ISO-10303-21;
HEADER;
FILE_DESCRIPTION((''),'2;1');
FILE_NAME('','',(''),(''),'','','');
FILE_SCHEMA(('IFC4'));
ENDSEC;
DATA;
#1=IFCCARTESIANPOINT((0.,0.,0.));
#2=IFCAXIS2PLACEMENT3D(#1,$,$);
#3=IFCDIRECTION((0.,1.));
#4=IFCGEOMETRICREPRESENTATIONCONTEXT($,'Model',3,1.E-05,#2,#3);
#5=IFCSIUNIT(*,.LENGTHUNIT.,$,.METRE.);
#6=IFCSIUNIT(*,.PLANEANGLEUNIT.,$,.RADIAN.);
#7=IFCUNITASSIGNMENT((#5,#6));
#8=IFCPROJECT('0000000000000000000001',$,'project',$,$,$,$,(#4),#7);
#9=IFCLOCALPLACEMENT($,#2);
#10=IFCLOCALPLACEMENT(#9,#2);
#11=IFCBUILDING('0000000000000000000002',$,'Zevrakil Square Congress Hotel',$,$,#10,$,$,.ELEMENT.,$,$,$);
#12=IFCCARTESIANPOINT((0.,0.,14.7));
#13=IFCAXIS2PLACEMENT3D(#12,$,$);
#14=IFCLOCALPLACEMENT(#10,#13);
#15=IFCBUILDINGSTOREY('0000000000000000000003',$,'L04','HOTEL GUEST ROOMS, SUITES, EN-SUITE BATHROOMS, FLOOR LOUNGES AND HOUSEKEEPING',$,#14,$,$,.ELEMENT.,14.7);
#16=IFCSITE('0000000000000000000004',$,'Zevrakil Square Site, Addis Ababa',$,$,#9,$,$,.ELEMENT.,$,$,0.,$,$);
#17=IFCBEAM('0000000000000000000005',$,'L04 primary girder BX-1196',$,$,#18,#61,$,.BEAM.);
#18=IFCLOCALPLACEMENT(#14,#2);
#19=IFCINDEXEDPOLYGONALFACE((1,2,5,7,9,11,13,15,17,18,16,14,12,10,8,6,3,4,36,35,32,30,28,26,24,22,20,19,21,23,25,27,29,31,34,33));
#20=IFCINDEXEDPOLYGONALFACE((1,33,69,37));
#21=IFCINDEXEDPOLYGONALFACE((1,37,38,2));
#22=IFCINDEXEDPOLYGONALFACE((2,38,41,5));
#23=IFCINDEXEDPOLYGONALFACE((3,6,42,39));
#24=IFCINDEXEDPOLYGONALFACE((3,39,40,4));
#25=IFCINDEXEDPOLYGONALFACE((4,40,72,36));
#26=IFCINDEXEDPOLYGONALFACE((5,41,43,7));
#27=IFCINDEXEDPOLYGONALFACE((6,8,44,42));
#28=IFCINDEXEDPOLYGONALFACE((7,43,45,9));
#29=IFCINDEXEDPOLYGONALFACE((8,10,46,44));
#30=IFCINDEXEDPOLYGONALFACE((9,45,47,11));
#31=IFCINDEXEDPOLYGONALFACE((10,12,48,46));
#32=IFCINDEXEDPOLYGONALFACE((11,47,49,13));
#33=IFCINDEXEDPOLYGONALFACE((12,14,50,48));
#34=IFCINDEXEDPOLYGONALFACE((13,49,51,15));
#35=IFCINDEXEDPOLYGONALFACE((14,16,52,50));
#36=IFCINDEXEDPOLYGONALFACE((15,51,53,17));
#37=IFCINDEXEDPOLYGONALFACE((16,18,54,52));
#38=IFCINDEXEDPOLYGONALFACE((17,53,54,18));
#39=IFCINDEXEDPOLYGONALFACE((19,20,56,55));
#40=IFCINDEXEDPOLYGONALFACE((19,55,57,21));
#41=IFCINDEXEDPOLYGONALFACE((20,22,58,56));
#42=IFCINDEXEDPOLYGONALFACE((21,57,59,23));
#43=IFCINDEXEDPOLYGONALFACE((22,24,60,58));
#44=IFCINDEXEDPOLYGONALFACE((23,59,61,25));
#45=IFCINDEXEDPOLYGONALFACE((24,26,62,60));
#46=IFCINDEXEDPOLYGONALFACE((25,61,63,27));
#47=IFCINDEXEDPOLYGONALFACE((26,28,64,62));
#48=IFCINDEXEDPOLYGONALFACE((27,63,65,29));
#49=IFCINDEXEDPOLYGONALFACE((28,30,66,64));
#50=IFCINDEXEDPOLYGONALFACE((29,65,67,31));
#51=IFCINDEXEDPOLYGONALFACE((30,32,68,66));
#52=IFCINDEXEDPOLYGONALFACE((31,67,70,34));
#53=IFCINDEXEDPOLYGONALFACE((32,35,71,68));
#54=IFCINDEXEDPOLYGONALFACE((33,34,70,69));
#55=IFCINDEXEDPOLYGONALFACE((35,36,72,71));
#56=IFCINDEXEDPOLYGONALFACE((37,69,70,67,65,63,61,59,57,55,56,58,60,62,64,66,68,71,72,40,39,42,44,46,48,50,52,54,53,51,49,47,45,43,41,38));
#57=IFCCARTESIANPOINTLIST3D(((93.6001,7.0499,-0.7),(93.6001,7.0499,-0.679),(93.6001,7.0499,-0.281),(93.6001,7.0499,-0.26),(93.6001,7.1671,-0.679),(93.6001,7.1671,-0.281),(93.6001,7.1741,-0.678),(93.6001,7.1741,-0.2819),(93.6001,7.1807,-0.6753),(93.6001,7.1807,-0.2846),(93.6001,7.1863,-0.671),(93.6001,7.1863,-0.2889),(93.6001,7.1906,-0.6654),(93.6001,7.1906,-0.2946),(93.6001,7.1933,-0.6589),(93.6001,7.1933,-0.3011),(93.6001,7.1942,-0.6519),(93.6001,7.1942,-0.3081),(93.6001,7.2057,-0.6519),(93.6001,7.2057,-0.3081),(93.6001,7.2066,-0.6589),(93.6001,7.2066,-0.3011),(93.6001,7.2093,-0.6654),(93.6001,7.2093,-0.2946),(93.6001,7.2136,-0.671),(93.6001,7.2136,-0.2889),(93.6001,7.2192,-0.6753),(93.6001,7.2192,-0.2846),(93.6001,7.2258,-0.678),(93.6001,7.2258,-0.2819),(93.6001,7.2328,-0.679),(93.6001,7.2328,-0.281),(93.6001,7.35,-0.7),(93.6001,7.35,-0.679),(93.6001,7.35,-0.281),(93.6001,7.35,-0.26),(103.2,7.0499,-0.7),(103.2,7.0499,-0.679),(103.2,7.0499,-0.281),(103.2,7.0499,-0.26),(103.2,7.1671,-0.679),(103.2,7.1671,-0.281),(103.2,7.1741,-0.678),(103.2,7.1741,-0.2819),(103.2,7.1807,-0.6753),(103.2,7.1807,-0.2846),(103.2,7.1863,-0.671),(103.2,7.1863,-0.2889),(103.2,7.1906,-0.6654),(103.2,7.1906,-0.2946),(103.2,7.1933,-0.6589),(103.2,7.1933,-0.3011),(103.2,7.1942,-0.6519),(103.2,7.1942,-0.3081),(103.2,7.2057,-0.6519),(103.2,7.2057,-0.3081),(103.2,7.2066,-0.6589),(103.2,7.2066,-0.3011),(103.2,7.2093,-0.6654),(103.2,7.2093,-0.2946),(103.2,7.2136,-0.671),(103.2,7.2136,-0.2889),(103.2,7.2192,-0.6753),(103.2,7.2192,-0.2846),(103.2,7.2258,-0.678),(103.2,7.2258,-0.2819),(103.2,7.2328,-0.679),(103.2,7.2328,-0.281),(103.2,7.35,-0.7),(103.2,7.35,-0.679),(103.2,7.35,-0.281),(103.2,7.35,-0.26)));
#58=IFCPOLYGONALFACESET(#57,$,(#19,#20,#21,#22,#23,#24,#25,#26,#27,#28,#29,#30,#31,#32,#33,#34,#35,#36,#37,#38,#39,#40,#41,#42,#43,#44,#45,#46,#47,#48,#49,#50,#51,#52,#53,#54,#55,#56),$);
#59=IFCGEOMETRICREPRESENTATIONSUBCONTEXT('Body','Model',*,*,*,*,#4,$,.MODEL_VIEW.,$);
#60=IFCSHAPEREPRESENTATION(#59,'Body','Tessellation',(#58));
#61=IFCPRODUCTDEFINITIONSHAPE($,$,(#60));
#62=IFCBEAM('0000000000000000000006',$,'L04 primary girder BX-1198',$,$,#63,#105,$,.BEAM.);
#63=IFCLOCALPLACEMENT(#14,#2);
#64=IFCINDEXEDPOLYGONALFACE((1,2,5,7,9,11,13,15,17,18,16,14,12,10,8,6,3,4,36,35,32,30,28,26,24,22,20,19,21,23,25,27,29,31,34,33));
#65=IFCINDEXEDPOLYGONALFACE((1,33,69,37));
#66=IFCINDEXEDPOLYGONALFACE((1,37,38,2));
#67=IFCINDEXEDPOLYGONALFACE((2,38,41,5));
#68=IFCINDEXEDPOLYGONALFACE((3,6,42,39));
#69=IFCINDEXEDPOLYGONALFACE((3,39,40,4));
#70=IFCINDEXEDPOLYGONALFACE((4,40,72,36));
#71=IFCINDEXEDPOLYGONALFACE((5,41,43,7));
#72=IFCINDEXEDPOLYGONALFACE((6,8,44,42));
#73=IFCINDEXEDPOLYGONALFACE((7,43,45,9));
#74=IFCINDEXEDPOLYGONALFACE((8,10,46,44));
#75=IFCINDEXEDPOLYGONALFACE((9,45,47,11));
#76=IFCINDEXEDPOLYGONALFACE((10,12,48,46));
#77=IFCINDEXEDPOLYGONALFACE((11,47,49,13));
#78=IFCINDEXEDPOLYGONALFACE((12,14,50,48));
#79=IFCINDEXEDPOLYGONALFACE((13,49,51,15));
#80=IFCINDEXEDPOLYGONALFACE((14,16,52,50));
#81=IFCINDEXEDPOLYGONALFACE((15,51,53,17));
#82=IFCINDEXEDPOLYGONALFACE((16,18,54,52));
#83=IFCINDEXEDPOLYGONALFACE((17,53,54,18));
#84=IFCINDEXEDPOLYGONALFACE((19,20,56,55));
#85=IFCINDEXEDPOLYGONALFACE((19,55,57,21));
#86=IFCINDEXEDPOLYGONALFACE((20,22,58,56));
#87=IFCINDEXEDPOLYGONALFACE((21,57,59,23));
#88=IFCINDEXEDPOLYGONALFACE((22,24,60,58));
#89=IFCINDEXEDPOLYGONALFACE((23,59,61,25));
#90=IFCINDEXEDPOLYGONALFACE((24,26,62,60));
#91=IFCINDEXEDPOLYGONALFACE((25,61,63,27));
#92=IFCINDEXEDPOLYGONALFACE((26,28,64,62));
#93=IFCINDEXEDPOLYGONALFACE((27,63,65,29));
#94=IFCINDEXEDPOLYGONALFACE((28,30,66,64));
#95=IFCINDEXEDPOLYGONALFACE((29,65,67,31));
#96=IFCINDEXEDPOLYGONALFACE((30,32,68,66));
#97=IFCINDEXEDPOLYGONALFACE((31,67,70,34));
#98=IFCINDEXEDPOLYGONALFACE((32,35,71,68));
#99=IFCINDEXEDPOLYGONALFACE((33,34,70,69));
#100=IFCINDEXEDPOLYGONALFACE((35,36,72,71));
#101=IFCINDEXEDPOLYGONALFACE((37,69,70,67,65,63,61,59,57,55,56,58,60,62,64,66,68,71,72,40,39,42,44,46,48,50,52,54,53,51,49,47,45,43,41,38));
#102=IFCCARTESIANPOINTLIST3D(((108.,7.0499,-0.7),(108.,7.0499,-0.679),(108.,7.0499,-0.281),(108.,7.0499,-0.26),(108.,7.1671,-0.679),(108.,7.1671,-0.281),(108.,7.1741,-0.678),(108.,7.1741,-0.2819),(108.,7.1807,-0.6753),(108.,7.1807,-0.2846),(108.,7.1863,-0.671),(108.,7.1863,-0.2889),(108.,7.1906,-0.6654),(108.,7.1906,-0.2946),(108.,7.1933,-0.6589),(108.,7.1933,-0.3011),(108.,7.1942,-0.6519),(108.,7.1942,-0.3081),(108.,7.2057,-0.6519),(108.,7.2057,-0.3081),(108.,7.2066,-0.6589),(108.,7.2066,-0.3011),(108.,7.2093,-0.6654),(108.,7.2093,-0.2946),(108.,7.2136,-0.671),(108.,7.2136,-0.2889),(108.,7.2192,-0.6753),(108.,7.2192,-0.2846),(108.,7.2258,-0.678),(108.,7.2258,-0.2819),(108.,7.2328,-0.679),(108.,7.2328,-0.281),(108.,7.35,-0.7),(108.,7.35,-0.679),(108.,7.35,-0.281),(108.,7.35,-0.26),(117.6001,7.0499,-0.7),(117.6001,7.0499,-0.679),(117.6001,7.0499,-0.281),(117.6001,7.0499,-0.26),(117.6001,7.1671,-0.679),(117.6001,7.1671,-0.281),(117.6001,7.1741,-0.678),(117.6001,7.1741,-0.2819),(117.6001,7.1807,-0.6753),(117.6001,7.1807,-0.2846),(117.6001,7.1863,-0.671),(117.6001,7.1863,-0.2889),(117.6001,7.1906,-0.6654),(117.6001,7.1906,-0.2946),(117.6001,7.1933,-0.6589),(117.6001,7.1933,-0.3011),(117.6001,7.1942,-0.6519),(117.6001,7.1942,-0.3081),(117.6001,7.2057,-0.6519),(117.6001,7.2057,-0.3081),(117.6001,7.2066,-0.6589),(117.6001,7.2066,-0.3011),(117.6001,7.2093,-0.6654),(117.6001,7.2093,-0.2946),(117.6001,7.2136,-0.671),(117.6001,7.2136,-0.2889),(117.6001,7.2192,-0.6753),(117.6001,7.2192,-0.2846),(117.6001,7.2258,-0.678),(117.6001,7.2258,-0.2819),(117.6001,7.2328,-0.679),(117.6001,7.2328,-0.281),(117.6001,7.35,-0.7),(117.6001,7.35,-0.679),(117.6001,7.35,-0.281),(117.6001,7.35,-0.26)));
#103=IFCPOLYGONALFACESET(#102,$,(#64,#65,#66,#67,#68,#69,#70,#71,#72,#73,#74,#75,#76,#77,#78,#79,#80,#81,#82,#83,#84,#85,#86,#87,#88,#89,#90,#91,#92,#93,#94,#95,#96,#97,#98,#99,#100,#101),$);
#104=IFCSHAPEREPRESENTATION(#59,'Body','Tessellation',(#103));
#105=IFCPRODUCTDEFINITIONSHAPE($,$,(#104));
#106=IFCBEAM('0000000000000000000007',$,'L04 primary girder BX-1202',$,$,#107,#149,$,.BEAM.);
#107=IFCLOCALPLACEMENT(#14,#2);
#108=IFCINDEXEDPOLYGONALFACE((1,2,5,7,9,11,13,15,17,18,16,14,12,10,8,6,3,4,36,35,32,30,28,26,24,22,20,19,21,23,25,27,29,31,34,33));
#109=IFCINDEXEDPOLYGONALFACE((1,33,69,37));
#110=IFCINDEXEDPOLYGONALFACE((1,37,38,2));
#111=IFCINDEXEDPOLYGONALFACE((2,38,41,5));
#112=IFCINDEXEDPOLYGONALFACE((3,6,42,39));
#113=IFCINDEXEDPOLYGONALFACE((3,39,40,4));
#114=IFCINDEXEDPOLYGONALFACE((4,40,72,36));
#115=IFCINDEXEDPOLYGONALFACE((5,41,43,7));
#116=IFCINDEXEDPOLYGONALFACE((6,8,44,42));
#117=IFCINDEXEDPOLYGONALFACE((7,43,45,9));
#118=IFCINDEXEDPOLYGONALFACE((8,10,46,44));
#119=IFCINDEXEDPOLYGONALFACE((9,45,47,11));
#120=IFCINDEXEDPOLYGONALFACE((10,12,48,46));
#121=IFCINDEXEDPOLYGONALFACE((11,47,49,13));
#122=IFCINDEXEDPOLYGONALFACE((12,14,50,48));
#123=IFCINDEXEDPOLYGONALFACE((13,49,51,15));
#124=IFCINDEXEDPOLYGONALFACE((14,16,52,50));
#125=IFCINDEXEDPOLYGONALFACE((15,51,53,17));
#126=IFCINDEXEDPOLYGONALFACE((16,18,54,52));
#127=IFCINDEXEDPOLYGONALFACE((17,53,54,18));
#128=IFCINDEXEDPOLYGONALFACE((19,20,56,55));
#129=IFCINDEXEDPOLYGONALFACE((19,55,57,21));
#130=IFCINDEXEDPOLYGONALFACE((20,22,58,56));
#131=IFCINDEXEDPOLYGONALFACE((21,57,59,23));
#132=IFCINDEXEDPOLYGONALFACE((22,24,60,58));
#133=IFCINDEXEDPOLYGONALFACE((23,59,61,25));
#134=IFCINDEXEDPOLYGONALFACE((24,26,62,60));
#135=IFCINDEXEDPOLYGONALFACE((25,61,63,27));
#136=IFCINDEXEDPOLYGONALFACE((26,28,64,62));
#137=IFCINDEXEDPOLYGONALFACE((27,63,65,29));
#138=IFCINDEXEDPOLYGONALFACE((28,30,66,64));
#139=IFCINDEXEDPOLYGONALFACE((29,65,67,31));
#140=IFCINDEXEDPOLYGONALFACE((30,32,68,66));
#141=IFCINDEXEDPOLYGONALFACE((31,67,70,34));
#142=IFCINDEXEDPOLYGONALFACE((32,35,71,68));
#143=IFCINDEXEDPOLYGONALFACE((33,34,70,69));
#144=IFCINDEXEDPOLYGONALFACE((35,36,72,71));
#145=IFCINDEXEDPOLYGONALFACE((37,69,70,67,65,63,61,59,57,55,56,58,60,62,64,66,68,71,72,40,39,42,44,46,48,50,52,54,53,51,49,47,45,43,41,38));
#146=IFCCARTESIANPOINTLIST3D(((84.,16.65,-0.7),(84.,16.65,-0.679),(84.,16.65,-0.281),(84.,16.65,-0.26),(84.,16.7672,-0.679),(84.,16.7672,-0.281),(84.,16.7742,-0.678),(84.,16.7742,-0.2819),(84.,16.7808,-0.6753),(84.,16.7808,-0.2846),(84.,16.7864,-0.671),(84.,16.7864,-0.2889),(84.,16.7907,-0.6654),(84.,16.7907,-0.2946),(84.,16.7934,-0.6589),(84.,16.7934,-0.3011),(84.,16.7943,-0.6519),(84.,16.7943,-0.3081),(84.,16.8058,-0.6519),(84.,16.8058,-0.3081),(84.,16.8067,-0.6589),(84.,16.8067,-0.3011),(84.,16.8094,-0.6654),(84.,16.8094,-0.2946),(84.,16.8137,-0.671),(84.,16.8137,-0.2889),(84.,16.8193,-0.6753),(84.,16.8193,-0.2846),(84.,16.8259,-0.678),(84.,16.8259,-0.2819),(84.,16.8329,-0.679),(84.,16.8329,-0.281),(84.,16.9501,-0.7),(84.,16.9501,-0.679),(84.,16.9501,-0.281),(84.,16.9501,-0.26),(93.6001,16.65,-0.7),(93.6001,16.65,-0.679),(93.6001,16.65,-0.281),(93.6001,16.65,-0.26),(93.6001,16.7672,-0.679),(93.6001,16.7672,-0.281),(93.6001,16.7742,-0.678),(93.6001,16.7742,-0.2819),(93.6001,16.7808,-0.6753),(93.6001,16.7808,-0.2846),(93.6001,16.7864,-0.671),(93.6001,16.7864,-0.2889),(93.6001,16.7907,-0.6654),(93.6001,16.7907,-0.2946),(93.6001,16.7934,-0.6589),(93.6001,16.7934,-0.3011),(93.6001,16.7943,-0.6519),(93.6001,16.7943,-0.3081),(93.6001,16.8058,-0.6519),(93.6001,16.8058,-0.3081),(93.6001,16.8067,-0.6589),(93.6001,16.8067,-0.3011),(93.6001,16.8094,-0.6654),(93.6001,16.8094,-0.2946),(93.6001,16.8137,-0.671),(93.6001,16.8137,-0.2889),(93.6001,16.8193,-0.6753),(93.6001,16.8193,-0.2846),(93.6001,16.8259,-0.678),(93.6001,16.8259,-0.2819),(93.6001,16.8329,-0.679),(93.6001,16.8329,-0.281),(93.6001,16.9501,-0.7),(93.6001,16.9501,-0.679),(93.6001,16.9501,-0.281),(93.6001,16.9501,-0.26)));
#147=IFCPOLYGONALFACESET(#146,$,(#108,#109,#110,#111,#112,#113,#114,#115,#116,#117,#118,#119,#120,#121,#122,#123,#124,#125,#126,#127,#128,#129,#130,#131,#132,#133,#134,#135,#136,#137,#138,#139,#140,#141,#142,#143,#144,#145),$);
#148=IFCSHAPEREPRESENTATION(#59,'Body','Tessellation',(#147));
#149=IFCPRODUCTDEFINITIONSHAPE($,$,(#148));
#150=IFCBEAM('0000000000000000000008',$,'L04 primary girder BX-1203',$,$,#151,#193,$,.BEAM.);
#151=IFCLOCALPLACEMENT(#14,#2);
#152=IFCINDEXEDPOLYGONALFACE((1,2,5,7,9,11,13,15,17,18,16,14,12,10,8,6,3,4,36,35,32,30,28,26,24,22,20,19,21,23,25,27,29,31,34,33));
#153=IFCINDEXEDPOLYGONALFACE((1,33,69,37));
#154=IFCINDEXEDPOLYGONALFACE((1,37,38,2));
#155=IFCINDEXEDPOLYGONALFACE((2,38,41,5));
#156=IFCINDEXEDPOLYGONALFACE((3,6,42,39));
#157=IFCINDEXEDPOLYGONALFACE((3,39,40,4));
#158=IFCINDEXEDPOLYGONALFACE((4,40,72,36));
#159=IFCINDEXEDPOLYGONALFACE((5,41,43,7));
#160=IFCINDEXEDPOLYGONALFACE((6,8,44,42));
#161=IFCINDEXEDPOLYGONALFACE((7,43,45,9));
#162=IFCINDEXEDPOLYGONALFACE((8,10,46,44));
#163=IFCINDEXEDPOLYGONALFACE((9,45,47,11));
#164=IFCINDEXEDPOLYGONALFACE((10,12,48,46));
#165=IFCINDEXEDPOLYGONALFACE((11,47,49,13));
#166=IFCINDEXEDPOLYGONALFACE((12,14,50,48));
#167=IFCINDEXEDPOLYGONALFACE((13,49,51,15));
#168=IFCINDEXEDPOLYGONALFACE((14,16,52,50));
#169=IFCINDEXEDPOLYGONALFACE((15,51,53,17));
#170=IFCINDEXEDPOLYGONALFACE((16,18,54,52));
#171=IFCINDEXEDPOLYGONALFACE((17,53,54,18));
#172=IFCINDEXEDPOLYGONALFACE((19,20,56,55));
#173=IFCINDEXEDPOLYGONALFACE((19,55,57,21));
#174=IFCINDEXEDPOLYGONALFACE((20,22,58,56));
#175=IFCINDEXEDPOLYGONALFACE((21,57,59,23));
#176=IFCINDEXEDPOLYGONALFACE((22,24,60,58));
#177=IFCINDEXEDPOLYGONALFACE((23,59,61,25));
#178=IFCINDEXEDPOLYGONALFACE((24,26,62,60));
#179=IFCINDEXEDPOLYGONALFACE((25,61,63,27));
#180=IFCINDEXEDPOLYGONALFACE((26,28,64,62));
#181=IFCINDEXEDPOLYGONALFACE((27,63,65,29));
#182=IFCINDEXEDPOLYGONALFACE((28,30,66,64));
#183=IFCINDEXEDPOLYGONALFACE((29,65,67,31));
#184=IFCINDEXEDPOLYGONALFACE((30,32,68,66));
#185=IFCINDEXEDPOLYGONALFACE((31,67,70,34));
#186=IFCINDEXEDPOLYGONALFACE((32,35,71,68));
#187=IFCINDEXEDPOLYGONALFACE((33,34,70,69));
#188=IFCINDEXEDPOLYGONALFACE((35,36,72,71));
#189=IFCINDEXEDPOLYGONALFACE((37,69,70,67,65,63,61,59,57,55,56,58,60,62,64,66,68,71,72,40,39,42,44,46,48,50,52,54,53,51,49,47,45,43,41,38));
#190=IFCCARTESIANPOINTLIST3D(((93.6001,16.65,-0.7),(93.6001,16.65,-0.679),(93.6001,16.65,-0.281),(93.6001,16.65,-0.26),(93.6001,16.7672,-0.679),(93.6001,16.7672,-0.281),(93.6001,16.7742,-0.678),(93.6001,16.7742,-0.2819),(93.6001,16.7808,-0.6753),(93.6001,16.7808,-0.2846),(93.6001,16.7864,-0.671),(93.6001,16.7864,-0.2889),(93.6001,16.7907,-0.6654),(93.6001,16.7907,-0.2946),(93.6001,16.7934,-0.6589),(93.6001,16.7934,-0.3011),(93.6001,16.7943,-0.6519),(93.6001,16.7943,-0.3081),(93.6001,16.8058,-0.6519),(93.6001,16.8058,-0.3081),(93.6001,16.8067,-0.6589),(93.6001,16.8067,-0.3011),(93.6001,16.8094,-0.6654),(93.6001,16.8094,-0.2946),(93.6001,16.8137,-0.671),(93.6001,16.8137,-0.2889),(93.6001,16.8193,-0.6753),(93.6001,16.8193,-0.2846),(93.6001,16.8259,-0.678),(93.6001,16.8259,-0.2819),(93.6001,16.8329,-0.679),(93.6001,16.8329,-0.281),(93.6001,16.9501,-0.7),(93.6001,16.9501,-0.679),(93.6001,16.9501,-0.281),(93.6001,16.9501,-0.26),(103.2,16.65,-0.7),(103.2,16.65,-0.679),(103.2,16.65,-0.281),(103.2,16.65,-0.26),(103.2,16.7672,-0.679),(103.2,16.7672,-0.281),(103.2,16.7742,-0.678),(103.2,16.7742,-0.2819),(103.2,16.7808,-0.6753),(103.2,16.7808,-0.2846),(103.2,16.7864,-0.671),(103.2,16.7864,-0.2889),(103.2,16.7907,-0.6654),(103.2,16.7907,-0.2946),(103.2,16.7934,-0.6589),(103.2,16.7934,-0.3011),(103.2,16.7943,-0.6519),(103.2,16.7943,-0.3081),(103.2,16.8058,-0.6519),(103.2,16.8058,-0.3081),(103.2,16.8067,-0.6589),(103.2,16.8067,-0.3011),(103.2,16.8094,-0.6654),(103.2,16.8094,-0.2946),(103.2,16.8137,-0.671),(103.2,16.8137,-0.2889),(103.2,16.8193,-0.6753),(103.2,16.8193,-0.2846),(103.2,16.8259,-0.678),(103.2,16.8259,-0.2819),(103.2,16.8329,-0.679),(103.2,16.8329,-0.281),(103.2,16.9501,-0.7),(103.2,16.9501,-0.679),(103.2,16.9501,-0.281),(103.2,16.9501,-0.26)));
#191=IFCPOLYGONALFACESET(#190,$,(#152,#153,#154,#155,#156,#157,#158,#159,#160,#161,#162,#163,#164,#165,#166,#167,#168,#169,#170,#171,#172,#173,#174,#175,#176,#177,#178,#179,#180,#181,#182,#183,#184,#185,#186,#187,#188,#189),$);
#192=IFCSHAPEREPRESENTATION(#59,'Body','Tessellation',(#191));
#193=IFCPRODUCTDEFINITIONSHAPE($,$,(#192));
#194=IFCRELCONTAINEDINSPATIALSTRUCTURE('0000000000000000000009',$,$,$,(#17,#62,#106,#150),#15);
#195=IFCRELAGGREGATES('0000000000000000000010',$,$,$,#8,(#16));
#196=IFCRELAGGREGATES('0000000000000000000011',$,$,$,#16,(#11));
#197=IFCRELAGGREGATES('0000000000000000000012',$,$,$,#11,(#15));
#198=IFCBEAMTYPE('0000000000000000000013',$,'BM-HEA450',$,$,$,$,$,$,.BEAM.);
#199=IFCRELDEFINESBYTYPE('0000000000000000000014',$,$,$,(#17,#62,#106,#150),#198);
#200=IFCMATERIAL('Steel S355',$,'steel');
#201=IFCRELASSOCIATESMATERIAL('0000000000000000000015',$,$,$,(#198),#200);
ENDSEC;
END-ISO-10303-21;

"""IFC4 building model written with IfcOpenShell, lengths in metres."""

from ifc_helpers import new_model, si_unit, direction, frame, origin, origin_2d, place, context, subcontext, project, spatial, i_section, extrude, material, material_profile, profile_set, type_object, element, save


model = new_model("IFC4")

# Units and contexts
model_context = context("Model", 3, precision=1e-05, world=origin(), true_north=direction((0.0, 1.0)))
body_context = subcontext(model_context, "Body", "Model", "MODEL_VIEW")
ifc_project = project(units=[si_unit("LENGTHUNIT", "METRE"), si_unit("PLANEANGLEUNIT", "RADIAN")], contexts=[model_context])

# Site, building, storey
site_placement = place(None, origin())
site = spatial("IfcSite", under=ifc_project, at=site_placement, Name="Zevrakil Square Site, Addis Ababa", CompositionType="ELEMENT", RefElevation=0.0)
building_placement = place(site_placement, origin())
building = spatial("IfcBuilding", under=site, at=building_placement, Name="Zevrakil Square Congress Hotel", CompositionType="ELEMENT")
storey_placement = place(building_placement, frame((0.0, 0.0, 14.7)))
storey = spatial("IfcBuildingStorey", under=building, at=storey_placement, Name="L04", Description="HOTEL GUEST ROOMS, SUITES, EN-SUITE BATHROOMS, FLOOR LOUNGES AND HOUSEKEEPING", CompositionType="ELEMENT", Elevation=14.7)

# Beams
ifc_material_1 = material(Name="Steel S355", Category="steel")
ifc_material_profile_1 = material_profile(ifc_material_1, i_section(OverallWidth=0.3, OverallDepth=0.4399, WebThickness=0.0115, FlangeThickness=0.021, FilletRadius=0.0271, at=origin_2d()), Name="HEA 450")
ifc_profile_set_1 = profile_set([ifc_material_profile_1], Name="Steel S355")
beam_type_1 = type_object("IfcBeamType", Name="BM-HEA450", PredefinedType="BEAM", material=ifc_profile_set_1)
beam_1_placement = place(storey_placement, frame((93.6001, 7.2, -0.48), z_axis=(1.0, 0.0, 0.0), x_axis=(0.0, 1.0, 0.0)))
element("IfcBeam", 1, at=beam_1_placement, inside=storey, type_object=beam_type_1, Name="L04 primary girder BX-1196", PredefinedType="BEAM", context=body_context, shape_type="SweptSolid", body=[
    extrude(i_section(OverallWidth=0.3, OverallDepth=0.4399, WebThickness=0.0115, FlangeThickness=0.021, FilletRadius=0.0271, at=origin_2d()), origin(), (0.0, 0.0, 1.0), 9.5999),
])
for number, where, z_axis, x_axis, name in (
    (2, (108.0, 7.2, -0.48), (1.0, 0.0, 0.0), (0.0, 1.0, 0.0), "L04 primary girder BX-1198"),
    (3, (84.0, 16.8, -0.48), (1.0, 0.0, 0.0), (0.0, 1.0, 0.0), "L04 primary girder BX-1202"),
):
    element("IfcBeam", number, at=place(storey_placement, frame(where, z_axis=z_axis, x_axis=x_axis)), inside=storey, type_object=beam_type_1, Name=name, PredefinedType="BEAM", context=body_context, shape_type="SweptSolid", body=[
        extrude(i_section(OverallWidth=0.3, OverallDepth=0.4399, WebThickness=0.0115, FlangeThickness=0.021, FilletRadius=0.0271, at=origin_2d()), origin(), (0.0, 0.0, 1.0), 9.6001),
    ])
beam_2_placement = place(storey_placement, frame((93.6001, 16.8, -0.48), z_axis=(1.0, 0.0, 0.0), x_axis=(0.0, 1.0, 0.0)))
element("IfcBeam", 4, at=beam_2_placement, inside=storey, type_object=beam_type_1, Name="L04 primary girder BX-1203", PredefinedType="BEAM", context=body_context, shape_type="SweptSolid", body=[
    extrude(i_section(OverallWidth=0.3, OverallDepth=0.4399, WebThickness=0.0115, FlangeThickness=0.021, FilletRadius=0.0271, at=origin_2d()), origin(), (0.0, 0.0, 1.0), 9.5999),
])

save(model, "model.ifc")
